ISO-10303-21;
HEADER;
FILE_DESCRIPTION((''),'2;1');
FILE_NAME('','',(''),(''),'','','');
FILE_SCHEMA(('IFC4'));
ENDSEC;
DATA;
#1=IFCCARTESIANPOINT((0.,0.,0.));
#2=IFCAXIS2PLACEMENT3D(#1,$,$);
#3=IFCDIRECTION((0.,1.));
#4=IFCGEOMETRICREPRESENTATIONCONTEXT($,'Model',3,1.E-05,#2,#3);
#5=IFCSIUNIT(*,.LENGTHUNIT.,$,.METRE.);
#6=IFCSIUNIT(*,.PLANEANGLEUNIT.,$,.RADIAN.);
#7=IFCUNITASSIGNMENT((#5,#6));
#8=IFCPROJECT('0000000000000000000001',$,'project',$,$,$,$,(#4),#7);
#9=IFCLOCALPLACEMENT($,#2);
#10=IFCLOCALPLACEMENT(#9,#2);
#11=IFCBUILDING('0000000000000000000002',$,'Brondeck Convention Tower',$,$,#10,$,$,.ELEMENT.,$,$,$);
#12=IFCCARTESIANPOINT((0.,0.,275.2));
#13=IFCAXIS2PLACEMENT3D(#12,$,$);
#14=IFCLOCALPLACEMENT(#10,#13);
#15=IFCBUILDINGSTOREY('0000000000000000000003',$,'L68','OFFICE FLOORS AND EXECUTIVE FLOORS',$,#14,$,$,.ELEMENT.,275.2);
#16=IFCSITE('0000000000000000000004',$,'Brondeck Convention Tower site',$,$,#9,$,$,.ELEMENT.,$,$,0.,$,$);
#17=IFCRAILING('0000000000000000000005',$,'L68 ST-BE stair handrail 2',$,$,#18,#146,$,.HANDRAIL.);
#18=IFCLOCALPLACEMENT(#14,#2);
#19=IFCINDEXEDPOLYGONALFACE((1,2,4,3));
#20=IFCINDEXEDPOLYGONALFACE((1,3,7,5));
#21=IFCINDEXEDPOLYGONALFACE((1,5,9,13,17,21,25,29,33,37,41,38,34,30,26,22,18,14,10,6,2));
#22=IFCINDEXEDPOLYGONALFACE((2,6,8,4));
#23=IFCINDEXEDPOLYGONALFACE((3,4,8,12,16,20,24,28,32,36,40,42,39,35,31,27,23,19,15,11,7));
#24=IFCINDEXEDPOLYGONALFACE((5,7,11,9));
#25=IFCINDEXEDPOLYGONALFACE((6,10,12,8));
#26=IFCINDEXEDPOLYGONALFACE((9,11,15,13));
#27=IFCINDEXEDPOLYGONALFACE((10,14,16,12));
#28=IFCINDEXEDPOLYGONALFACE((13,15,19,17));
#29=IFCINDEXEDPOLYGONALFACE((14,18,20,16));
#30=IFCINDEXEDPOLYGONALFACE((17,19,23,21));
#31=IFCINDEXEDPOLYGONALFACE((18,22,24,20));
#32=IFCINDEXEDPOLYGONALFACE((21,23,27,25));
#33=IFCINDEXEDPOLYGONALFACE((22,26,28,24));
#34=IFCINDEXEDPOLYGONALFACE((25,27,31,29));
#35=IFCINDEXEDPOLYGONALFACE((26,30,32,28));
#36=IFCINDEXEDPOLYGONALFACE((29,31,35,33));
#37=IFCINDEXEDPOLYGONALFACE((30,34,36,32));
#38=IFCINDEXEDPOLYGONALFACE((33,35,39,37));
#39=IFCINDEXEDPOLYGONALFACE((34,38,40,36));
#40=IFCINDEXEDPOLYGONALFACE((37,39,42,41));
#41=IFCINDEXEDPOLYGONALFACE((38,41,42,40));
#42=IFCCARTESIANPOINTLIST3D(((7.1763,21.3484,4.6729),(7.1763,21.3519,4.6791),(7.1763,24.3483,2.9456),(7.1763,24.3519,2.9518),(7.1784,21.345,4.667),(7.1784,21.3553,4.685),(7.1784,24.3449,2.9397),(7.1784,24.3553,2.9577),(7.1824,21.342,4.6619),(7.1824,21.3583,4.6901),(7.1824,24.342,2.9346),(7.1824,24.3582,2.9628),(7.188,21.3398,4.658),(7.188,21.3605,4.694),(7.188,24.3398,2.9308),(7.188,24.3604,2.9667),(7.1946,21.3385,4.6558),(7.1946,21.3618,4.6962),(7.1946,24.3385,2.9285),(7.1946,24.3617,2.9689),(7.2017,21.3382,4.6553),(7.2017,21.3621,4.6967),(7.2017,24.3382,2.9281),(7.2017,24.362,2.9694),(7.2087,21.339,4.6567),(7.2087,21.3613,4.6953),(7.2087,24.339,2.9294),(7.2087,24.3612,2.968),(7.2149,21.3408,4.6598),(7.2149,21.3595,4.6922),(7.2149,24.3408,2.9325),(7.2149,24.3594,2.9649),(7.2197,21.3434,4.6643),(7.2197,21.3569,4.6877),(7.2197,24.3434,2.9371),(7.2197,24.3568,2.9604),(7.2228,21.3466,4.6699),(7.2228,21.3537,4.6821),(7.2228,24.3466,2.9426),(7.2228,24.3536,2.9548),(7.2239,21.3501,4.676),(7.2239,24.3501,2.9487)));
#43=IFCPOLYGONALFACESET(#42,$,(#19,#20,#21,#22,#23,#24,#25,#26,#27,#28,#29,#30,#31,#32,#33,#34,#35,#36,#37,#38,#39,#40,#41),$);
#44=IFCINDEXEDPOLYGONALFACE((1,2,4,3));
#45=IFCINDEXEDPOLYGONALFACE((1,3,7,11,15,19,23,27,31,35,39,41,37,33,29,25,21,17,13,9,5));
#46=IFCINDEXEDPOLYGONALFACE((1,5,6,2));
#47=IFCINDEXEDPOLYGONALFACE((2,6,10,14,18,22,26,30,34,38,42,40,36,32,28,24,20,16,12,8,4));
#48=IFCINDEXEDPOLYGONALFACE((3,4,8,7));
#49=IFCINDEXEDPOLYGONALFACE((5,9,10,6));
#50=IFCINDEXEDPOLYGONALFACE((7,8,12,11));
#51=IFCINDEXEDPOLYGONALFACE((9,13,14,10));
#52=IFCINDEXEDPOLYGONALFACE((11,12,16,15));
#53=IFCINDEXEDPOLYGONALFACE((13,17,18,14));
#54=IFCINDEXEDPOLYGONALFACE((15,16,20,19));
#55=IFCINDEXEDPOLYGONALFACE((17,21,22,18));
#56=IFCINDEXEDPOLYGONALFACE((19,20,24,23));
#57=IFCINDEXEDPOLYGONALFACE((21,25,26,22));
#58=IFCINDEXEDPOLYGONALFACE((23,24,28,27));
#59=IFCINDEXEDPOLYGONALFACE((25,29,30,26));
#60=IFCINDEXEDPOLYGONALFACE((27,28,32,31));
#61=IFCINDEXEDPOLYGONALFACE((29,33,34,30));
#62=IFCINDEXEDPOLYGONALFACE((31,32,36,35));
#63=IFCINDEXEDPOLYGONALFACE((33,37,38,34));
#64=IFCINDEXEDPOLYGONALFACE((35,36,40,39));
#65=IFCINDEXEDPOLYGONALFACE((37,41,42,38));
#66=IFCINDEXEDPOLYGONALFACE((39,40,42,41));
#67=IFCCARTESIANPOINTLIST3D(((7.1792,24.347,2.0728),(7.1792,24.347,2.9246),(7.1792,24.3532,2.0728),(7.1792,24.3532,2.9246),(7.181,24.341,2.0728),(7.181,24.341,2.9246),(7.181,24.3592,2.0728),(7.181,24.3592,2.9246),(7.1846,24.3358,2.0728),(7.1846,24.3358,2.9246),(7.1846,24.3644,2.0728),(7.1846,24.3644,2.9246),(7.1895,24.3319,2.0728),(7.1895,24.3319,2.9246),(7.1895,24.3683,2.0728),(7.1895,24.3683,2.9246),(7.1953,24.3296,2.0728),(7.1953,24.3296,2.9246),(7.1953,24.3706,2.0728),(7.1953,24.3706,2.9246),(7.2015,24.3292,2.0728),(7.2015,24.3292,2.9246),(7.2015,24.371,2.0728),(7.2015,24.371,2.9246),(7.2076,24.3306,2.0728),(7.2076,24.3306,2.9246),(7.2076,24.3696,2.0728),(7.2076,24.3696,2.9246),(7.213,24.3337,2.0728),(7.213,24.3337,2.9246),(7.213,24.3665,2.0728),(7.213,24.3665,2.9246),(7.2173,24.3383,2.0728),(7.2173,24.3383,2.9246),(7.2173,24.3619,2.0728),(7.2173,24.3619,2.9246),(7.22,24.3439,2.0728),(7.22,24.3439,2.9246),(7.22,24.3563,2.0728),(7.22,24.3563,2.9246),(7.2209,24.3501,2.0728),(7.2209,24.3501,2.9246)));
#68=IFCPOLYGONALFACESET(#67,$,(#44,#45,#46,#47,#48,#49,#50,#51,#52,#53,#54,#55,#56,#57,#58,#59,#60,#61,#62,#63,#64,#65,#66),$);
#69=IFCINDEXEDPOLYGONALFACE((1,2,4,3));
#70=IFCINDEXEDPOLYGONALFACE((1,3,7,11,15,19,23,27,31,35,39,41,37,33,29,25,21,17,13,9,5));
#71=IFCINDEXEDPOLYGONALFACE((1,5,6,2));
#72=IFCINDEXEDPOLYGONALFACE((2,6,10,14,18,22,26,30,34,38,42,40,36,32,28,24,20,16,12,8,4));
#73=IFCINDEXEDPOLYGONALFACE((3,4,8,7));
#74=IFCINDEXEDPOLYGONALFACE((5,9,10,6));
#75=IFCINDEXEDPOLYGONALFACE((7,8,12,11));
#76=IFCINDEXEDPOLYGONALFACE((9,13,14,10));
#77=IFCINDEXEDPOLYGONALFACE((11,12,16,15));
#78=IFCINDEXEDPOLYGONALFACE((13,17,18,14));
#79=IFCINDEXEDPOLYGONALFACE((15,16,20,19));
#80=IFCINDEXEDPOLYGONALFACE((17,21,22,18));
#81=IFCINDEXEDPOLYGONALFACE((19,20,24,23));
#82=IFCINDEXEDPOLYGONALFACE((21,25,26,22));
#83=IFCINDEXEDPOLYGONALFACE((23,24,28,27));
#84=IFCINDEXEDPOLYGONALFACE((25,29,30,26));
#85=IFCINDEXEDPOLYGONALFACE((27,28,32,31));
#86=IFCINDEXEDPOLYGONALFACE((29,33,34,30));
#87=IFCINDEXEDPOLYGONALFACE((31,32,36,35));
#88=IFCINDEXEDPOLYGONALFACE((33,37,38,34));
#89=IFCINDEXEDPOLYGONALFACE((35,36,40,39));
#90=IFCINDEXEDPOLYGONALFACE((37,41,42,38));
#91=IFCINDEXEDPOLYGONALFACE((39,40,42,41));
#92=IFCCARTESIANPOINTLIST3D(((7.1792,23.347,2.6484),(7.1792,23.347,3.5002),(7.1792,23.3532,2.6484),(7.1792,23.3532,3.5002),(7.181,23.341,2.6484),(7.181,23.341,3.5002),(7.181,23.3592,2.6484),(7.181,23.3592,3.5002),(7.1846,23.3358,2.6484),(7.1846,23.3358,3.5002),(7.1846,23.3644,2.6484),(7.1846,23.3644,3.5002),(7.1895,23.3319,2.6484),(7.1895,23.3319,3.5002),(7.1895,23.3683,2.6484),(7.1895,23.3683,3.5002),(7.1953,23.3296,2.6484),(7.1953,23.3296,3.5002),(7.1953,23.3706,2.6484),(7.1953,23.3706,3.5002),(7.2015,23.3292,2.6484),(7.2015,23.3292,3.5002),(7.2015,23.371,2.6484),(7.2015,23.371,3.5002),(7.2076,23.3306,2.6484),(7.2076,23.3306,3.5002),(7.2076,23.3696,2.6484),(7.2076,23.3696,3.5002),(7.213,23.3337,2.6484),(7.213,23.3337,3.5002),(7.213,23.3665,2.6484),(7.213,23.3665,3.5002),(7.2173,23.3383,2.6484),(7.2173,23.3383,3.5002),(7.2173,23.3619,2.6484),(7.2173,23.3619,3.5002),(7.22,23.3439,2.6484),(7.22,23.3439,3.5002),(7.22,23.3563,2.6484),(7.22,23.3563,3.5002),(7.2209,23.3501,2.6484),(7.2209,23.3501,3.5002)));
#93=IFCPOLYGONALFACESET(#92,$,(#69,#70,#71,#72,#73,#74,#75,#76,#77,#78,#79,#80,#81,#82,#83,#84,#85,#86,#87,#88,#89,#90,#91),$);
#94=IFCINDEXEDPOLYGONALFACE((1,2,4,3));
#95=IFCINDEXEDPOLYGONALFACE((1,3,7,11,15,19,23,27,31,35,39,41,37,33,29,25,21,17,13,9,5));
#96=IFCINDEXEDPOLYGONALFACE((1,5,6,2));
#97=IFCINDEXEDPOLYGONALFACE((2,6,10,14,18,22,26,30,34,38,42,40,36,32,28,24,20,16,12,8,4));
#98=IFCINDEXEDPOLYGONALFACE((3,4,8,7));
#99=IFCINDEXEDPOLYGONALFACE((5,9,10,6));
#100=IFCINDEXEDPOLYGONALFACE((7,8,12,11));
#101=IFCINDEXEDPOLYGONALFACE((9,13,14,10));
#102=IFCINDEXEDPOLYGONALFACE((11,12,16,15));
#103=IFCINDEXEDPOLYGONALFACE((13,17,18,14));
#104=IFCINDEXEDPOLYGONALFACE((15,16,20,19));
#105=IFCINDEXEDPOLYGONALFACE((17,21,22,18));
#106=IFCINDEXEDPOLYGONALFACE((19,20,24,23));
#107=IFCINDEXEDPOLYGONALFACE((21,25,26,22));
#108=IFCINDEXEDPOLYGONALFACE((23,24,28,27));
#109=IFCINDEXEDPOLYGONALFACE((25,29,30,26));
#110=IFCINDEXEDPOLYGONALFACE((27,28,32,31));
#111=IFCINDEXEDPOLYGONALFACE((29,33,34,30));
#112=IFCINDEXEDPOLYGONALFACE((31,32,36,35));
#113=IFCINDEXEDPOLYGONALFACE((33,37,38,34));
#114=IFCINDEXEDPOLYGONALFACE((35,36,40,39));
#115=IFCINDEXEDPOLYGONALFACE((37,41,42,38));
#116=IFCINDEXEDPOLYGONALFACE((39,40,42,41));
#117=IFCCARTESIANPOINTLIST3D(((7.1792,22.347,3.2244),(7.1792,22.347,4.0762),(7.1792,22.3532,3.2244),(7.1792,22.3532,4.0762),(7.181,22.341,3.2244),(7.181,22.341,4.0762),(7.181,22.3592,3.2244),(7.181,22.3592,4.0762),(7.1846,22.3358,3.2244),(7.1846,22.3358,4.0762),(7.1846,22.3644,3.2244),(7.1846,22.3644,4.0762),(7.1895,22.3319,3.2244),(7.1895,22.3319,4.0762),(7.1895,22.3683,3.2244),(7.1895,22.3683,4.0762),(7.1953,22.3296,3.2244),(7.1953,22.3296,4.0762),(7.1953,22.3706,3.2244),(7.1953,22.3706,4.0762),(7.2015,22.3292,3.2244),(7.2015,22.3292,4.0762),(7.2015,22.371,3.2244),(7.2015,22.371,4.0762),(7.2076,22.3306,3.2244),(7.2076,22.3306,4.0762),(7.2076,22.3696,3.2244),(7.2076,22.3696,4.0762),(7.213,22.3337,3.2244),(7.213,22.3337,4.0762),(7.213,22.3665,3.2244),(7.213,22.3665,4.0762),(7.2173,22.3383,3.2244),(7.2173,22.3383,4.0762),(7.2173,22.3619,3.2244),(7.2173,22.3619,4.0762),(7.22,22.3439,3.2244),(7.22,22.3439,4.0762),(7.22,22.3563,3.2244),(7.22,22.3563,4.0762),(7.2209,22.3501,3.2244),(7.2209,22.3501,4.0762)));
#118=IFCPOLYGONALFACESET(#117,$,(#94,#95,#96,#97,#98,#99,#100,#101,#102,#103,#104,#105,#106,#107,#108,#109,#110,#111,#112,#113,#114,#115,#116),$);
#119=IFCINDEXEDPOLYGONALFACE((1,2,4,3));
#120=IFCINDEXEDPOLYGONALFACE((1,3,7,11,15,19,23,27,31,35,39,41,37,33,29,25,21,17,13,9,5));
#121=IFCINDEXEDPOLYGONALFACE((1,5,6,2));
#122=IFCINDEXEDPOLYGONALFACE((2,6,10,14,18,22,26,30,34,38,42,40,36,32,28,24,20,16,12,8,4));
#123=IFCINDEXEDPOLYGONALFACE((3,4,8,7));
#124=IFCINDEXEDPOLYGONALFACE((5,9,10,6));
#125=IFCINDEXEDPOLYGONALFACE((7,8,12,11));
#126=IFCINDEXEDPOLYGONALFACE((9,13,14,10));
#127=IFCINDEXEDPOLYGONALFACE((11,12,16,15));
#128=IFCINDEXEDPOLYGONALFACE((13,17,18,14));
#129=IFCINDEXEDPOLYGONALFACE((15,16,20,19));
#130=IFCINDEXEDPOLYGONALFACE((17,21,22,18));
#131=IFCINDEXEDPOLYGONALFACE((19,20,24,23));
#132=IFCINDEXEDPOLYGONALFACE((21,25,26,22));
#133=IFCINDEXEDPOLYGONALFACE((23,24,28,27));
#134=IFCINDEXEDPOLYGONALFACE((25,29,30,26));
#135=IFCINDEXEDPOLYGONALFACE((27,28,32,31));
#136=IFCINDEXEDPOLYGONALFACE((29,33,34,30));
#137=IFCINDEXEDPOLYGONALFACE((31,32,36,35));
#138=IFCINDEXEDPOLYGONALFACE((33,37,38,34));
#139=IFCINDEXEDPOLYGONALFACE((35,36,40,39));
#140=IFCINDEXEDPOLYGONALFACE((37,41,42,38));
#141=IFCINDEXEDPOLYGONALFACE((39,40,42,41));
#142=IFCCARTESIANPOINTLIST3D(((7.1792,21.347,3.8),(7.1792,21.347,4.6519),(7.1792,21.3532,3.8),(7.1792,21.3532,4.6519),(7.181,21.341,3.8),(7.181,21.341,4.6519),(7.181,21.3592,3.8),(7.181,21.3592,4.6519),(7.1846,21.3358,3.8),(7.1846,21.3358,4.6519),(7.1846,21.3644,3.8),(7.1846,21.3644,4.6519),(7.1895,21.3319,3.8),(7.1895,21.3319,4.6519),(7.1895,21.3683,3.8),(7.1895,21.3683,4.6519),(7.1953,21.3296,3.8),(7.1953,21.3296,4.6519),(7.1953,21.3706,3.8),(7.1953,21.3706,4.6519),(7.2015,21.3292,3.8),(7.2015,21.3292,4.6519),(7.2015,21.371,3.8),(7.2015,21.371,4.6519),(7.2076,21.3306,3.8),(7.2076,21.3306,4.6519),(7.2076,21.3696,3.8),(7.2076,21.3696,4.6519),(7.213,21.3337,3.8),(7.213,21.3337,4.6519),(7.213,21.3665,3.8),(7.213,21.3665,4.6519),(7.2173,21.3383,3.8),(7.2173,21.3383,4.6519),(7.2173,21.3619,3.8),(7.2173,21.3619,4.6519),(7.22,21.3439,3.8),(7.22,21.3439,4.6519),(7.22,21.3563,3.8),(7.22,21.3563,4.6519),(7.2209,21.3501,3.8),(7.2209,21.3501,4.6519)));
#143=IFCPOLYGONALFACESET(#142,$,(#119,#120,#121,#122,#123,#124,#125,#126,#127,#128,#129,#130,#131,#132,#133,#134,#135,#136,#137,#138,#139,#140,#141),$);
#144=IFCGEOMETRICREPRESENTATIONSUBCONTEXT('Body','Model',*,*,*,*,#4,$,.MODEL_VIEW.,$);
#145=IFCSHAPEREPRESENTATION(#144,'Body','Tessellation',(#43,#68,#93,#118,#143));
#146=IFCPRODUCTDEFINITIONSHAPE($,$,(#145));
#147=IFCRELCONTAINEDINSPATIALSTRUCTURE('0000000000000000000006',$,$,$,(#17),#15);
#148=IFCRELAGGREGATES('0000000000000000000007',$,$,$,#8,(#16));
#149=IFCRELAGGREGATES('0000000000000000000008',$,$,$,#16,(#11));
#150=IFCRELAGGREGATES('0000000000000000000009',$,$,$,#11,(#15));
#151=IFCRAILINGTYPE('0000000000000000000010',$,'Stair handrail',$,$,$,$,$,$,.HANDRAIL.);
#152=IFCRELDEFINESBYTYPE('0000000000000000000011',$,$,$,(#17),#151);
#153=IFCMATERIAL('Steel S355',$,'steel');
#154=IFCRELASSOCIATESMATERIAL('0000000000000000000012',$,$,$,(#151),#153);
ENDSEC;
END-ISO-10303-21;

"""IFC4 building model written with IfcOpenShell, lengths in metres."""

from ifc_helpers import new_model, si_unit, direction, frame, origin, origin_2d, place, context, subcontext, project, spatial, circle, extrude, material, type_object, element, save


model = new_model("IFC4")

# Units and contexts
model_context = context("Model", 3, precision=1e-05, world=origin(), true_north=direction((0.0, 1.0)))
body_context = subcontext(model_context, "Body", "Model", "MODEL_VIEW")
ifc_project = project(units=[si_unit("LENGTHUNIT", "METRE"), si_unit("PLANEANGLEUNIT", "RADIAN")], contexts=[model_context])

# Site, building, storey
site_placement = place(None, origin())
site = spatial("IfcSite", under=ifc_project, at=site_placement, Name="Brondeck Convention Tower site", CompositionType="ELEMENT", RefElevation=0.0)
building_placement = place(site_placement, origin())
building = spatial("IfcBuilding", under=site, at=building_placement, Name="Brondeck Convention Tower", CompositionType="ELEMENT")
storey_placement = place(building_placement, frame((0.0, 0.0, 275.2)))
storey = spatial("IfcBuildingStorey", under=building, at=storey_placement, Name="L68", Description="OFFICE FLOORS AND EXECUTIVE FLOORS", CompositionType="ELEMENT", Elevation=275.2)

# Shared definitions
ifc_material_1 = material(Name="Steel S355", Category="steel")

# Railing
railing_type = type_object("IfcRailingType", Name="Stair handrail", PredefinedType="HANDRAIL", material=ifc_material_1)
railing_1_placement = place(storey_placement, frame((7.2, 24.3501, 2.0728)))
element("IfcRailing", 1, at=railing_1_placement, inside=storey, type_object=railing_type, Name="L68 ST-BE stair handrail 2", PredefinedType="HANDRAIL", context=body_context, shape_type="SweptSolid", body=[
    extrude(circle(Radius=0.0239, at=origin_2d()), frame((0.0, 0.0, 0.876), z_axis=(0.0, -0.86662, 0.498969), x_axis=(1.0, 0.0, 0.0)), (0.0, 0.0, 1.0), 3.4617),
    extrude(circle(Radius=0.021, at=origin_2d()), origin(), (0.0, 0.0, 1.0), 0.8518),
    extrude(circle(Radius=0.021, at=origin_2d()), frame((0.0, -1.0, 0.5757)), (0.0, 0.0, 1.0), 0.8518),
    extrude(circle(Radius=0.021, at=origin_2d()), frame((0.0, -2.0, 1.1516)), (0.0, 0.0, 1.0), 0.8518),
    extrude(circle(Radius=0.021, at=origin_2d()), frame((0.0, -3.0, 1.7273)), (0.0, 0.0, 1.0), 0.8518),
])

save(model, "model.ifc")
